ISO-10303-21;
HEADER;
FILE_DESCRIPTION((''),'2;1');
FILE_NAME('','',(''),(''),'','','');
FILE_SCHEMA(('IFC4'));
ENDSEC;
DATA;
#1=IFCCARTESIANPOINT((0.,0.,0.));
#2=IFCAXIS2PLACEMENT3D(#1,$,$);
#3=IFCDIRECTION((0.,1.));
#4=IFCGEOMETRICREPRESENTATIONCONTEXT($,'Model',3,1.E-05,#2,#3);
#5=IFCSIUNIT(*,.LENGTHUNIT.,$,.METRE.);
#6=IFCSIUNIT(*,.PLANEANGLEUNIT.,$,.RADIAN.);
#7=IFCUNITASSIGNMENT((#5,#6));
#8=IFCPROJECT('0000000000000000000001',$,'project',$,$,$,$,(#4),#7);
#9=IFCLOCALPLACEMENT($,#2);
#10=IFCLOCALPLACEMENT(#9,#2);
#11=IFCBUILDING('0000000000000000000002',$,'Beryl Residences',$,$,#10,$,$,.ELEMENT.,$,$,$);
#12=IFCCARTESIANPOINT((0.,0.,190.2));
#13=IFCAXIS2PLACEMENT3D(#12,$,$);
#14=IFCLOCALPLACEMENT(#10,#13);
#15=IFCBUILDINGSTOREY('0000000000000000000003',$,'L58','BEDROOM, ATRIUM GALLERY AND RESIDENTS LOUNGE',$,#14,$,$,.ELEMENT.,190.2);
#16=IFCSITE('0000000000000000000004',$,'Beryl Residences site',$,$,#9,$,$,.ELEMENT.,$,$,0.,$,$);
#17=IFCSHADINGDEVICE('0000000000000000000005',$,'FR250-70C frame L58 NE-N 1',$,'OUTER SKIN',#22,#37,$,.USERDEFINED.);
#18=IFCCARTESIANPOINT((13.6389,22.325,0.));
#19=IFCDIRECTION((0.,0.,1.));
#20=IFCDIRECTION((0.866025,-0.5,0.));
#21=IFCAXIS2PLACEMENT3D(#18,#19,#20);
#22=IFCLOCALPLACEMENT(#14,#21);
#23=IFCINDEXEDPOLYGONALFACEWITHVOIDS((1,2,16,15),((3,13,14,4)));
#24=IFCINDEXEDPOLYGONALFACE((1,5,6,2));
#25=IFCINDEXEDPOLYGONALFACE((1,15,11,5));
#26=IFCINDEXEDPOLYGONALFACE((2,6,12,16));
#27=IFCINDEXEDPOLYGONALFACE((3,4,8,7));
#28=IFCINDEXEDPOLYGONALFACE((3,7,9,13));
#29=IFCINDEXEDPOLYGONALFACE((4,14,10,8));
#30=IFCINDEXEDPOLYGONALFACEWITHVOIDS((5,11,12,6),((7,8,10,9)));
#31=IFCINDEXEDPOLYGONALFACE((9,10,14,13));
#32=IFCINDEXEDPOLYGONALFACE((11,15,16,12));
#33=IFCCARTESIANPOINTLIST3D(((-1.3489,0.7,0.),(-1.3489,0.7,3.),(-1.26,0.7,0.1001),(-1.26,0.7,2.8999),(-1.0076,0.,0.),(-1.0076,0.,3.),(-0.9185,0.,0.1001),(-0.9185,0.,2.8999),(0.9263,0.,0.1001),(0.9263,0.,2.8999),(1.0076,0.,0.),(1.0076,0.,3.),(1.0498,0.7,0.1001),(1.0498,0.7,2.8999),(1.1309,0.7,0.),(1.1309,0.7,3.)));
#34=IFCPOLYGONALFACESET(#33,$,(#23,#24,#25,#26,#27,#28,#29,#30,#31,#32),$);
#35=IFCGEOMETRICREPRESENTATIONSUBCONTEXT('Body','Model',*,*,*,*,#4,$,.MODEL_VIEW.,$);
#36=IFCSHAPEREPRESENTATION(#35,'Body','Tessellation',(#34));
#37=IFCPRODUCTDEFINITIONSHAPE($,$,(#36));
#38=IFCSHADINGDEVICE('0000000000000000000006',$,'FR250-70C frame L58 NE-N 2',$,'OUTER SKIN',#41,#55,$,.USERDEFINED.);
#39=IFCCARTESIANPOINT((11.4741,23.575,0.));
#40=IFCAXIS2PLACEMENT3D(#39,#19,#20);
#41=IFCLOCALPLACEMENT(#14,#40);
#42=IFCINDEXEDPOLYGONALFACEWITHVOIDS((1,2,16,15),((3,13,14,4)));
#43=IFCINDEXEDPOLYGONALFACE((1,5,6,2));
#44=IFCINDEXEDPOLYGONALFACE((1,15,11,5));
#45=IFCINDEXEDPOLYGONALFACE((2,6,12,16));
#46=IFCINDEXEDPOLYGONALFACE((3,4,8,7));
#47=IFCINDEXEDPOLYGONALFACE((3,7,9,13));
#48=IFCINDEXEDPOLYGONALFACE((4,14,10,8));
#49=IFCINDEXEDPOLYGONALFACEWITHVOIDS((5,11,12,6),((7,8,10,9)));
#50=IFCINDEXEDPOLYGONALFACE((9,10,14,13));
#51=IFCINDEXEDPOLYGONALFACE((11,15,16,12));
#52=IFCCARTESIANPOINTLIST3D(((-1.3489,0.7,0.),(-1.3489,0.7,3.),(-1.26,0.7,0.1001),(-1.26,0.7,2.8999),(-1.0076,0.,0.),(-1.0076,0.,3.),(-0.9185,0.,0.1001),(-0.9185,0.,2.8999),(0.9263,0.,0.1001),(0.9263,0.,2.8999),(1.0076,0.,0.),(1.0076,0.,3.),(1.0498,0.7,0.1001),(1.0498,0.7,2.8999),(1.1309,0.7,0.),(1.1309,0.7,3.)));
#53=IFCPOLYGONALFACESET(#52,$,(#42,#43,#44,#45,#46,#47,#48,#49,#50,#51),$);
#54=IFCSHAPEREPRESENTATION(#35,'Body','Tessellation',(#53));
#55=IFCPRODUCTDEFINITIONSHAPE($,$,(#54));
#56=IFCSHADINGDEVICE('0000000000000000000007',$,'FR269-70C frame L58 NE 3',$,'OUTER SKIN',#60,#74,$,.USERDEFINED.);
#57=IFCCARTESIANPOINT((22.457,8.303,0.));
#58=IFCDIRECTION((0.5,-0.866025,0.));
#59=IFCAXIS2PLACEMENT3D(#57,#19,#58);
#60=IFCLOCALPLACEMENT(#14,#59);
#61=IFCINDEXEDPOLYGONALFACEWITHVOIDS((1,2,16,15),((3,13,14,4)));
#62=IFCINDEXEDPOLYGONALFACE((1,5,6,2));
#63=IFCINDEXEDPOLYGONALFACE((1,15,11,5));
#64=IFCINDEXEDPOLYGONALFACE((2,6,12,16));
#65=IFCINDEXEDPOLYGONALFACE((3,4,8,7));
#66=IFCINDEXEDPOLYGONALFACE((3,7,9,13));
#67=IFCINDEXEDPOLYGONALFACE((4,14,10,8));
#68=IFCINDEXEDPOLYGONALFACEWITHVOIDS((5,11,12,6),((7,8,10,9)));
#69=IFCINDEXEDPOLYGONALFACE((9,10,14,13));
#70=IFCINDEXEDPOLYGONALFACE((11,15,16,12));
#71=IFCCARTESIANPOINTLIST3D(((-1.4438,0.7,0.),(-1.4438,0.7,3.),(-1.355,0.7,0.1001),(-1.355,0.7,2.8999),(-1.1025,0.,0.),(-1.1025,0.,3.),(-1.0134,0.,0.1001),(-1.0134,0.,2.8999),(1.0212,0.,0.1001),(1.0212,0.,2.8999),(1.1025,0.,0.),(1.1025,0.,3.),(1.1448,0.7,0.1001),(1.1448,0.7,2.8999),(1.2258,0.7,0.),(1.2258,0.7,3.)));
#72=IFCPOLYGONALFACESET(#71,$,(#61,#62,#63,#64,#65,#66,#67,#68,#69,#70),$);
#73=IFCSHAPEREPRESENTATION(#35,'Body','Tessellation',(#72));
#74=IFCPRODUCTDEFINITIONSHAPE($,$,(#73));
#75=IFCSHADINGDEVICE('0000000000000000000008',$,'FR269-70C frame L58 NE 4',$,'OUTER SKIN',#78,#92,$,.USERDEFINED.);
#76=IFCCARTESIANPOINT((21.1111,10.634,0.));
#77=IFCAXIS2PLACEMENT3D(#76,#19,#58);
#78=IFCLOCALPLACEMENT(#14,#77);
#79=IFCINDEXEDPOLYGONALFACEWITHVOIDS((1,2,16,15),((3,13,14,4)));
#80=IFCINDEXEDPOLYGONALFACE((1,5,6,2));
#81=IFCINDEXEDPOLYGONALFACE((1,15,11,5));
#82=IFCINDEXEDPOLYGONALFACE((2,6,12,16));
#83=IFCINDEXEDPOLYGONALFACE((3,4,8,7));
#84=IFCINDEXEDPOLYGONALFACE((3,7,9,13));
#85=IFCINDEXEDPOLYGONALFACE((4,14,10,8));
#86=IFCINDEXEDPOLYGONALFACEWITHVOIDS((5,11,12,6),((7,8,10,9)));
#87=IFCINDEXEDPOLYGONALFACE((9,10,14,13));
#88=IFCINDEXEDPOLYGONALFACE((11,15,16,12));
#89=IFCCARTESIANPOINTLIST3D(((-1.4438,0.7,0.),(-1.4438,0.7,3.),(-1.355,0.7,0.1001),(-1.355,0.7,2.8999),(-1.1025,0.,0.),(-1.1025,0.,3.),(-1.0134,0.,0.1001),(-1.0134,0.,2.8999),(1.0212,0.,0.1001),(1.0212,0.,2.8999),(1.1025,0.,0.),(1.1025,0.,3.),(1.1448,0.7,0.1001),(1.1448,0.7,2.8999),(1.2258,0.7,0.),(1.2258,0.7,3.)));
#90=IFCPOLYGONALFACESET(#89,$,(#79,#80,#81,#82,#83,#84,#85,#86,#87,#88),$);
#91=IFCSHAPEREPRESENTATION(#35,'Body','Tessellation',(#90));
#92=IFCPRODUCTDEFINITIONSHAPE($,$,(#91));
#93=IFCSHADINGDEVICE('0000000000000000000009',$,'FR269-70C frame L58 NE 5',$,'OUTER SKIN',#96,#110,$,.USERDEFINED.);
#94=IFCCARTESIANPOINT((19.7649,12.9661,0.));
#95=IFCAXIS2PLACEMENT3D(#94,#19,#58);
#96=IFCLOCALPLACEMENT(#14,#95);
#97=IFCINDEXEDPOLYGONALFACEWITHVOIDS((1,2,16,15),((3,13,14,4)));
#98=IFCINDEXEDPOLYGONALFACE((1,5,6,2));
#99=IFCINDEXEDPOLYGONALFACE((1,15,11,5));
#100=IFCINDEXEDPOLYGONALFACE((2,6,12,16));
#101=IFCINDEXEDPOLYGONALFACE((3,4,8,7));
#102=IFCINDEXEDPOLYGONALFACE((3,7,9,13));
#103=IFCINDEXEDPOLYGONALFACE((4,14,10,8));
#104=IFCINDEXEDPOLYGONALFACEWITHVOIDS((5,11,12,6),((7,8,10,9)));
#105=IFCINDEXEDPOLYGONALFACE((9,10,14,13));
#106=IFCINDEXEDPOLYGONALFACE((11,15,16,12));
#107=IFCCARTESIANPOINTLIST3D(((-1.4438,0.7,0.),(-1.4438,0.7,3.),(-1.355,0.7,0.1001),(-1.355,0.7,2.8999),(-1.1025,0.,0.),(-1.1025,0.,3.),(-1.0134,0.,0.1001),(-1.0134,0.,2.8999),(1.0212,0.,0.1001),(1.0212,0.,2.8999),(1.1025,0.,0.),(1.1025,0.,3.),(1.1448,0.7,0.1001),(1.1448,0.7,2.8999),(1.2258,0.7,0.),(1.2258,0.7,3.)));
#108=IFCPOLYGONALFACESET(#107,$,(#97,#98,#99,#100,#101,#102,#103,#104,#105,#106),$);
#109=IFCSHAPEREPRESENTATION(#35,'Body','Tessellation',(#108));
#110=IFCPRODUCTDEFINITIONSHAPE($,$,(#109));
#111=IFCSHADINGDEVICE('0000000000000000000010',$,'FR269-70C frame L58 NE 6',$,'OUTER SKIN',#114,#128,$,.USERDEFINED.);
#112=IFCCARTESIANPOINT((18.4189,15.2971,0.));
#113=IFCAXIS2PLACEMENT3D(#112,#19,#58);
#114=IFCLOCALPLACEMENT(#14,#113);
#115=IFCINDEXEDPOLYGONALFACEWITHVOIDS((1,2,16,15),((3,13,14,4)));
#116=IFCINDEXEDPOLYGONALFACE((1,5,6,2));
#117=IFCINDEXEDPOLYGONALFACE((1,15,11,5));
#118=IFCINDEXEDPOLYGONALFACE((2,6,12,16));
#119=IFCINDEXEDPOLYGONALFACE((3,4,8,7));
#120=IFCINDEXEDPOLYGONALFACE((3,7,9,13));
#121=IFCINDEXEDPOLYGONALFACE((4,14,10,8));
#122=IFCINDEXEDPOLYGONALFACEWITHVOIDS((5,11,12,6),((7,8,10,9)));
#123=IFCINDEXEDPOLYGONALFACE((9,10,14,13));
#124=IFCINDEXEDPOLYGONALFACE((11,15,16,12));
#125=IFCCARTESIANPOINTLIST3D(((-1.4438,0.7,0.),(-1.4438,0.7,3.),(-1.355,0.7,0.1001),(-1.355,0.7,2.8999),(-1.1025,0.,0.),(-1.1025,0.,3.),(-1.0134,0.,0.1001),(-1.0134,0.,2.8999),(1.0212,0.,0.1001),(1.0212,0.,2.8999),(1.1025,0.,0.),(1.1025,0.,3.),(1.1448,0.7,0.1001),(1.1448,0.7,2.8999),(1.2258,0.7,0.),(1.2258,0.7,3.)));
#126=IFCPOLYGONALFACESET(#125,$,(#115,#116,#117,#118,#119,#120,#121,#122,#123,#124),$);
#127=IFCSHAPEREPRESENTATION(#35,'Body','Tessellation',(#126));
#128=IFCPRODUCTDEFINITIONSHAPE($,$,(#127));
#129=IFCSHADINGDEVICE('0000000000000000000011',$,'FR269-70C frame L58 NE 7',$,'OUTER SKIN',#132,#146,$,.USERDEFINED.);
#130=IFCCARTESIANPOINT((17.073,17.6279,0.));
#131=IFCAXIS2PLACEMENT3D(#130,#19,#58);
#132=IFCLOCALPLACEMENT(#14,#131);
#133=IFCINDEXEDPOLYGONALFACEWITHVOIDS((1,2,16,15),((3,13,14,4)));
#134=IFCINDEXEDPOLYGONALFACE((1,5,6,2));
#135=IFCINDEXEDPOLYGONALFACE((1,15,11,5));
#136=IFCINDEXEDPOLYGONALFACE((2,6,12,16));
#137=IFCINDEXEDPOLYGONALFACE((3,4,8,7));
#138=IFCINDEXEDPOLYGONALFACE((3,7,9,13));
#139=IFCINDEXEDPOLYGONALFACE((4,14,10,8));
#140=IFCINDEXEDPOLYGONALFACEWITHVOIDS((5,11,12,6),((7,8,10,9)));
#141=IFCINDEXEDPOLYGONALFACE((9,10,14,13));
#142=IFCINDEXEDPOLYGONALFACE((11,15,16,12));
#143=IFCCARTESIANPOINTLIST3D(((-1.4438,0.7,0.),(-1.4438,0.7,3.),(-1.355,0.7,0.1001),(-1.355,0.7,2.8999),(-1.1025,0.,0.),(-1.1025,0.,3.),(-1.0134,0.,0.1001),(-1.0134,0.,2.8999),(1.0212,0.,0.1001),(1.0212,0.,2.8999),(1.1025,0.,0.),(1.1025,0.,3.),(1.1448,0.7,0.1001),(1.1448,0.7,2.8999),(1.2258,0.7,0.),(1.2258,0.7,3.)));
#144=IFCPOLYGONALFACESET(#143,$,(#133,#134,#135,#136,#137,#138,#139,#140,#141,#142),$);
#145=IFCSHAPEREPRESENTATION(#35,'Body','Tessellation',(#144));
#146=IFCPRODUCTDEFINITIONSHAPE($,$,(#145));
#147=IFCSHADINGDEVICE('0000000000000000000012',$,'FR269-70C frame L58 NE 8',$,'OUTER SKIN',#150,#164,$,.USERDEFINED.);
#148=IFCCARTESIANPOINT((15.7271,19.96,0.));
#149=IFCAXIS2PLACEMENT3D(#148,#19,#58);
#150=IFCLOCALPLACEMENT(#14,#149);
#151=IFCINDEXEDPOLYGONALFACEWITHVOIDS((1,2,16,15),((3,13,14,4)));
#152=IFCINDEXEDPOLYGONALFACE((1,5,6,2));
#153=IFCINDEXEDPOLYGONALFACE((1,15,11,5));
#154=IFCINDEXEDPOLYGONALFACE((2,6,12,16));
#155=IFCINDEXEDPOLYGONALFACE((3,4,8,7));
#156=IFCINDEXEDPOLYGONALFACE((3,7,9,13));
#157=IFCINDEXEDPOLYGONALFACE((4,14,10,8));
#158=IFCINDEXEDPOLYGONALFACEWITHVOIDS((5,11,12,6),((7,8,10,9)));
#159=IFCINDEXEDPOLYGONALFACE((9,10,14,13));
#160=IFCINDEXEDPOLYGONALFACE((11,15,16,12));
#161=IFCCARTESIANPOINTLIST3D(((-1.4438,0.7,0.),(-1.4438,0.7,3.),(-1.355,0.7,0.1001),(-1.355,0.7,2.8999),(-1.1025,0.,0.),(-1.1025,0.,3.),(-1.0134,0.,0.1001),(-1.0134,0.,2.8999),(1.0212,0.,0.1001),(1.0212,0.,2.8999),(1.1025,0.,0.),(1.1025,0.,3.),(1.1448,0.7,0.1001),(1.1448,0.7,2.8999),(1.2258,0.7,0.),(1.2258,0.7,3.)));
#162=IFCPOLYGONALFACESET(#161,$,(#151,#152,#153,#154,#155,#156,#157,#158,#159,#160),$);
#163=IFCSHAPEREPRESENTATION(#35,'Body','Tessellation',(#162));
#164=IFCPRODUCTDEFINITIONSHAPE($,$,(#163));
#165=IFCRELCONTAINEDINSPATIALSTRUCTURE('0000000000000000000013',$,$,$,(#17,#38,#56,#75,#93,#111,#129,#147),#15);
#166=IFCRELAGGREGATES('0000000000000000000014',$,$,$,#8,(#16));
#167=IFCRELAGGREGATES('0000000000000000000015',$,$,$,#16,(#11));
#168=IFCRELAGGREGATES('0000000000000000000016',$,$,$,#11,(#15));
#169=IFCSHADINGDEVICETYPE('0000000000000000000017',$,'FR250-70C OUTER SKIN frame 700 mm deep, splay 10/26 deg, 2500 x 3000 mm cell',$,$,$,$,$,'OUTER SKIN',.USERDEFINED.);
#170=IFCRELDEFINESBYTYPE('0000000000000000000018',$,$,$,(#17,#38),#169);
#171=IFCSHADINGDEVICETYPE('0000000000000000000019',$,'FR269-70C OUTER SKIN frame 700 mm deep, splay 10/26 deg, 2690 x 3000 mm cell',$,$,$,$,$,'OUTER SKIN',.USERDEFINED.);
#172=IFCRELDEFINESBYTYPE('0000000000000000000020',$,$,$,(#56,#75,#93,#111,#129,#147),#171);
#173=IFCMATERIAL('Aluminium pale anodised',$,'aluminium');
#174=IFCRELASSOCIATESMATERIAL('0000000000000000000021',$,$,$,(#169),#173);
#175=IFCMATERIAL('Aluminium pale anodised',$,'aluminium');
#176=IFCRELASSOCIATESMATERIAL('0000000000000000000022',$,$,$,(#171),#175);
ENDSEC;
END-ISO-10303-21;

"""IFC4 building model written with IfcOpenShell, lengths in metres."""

from ifc_helpers import new_model, entity, si_unit, direction, frame, origin, place, context, subcontext, project, spatial, source, transform, mapped, material, type_object, type_shapes, element, save


model = new_model("IFC4")

# Units and contexts
model_context = context("Model", 3, precision=1e-05, world=origin(), true_north=direction((0.0, 1.0)))
body_context = subcontext(model_context, "Body", "Model", "MODEL_VIEW")
ifc_project = project(units=[si_unit("LENGTHUNIT", "METRE"), si_unit("PLANEANGLEUNIT", "RADIAN")], contexts=[model_context])

# Site, building, storey
site_placement = place(None, origin())
site = spatial("IfcSite", under=ifc_project, at=site_placement, Name="Beryl Residences site", CompositionType="ELEMENT", RefElevation=0.0)
building_placement = place(site_placement, origin())
building = spatial("IfcBuilding", under=site, at=building_placement, Name="Beryl Residences", CompositionType="ELEMENT")
storey_placement = place(building_placement, frame((0.0, 0.0, 190.2)))
storey = spatial("IfcBuildingStorey", under=building, at=storey_placement, Name="L58", Description="BEDROOM, ATRIUM GALLERY AND RESIDENTS LOUNGE", CompositionType="ELEMENT", Elevation=190.2)

# Shading devices
ifc_material_1 = material(Name="Aluminium pale anodised", Category="aluminium")
shading_device_type_1 = type_object("IfcShadingDeviceType", Name="FR250-70C OUTER SKIN frame 700 mm deep, splay 10/26 deg, 2500 x 3000 mm cell", ElementType="OUTER SKIN", PredefinedType="USERDEFINED", material=ifc_material_1)
cartesian_point_1 = entity("IfcCartesianPoint", [-1.0076, 0.0])
cartesian_point_2 = entity("IfcCartesianPoint", [-0.9263, 0.1001])
cartesian_point_3 = entity("IfcCartesianPoint", [-1.1309, 0.0])
cartesian_point_4 = entity("IfcCartesianPoint", [-1.0498, 0.1001])
shared_shape_1 = source(origin(), body_context, "Body", "SweptSolid", [
    entity("IfcExtrudedAreaSolidTapered", entity("IfcArbitraryProfileDefWithVoids", "AREA", None, entity("IfcPolyline", [cartesian_point_1, entity("IfcCartesianPoint", [1.0076, 0.0]), entity("IfcCartesianPoint", [1.0076, 3.0]), entity("IfcCartesianPoint", [-1.0076, 3.0]), cartesian_point_1]), [entity("IfcPolyline", [cartesian_point_2, entity("IfcCartesianPoint", [0.9185, 0.1001]), entity("IfcCartesianPoint", [0.9185, 2.8999]), entity("IfcCartesianPoint", [-0.9263, 2.8999]), cartesian_point_2])]), entity("IfcAxis2Placement3D", entity("IfcCartesianPoint", [0.0, 0.0, 0.0]), entity("IfcDirection", [0.0, 1.0, 0.0]), entity("IfcDirection", [-1.0, 0.0, 0.0])), entity("IfcDirection", [0.0, 0.0, 1.0]), 0.7, entity("IfcArbitraryProfileDefWithVoids", "AREA", None, entity("IfcPolyline", [cartesian_point_3, entity("IfcCartesianPoint", [1.3489, 0.0]), entity("IfcCartesianPoint", [1.3489, 3.0]), entity("IfcCartesianPoint", [-1.1309, 3.0]), cartesian_point_3]), [entity("IfcPolyline", [cartesian_point_4, entity("IfcCartesianPoint", [1.26, 0.1001]), entity("IfcCartesianPoint", [1.26, 2.8999]), entity("IfcCartesianPoint", [-1.0498, 2.8999]), cartesian_point_4])])),
])
type_shapes(shading_device_type_1, [shared_shape_1])
for number, where, z_axis, x_axis, name in (
    (1, (13.6389, 22.325, 0.0), (0.0, 0.0, 1.0), (0.866025, -0.5, 0.0), "FR250-70C frame L58 NE-N 1"),
    (2, (11.4741, 23.575, 0.0), (0.0, 0.0, 1.0), (0.866025, -0.5, 0.0), "FR250-70C frame L58 NE-N 2"),
):
    element("IfcShadingDevice", number, at=place(storey_placement, frame(where, z_axis=z_axis, x_axis=x_axis)), inside=storey, type_object=shading_device_type_1, Name=name, ObjectType="OUTER SKIN", PredefinedType="USERDEFINED", context=body_context, shape_type="MappedRepresentation", body=[
        mapped(shared_shape_1, transform((0.0, 0.0, 0.0))),
    ])
ifc_material_2 = material(Name="Aluminium pale anodised", Category="aluminium")
shading_device_type_2 = type_object("IfcShadingDeviceType", Name="FR269-70C OUTER SKIN frame 700 mm deep, splay 10/26 deg, 2690 x 3000 mm cell", ElementType="OUTER SKIN", PredefinedType="USERDEFINED", material=ifc_material_2)
cartesian_point_5 = entity("IfcCartesianPoint", [-1.1025, 0.0])
cartesian_point_6 = entity("IfcCartesianPoint", [-1.0212, 0.1001])
cartesian_point_7 = entity("IfcCartesianPoint", [-1.2258, 0.0])
cartesian_point_8 = entity("IfcCartesianPoint", [-1.1448, 0.1001])
shared_shape_2 = source(origin(), body_context, "Body", "SweptSolid", [
    entity("IfcExtrudedAreaSolidTapered", entity("IfcArbitraryProfileDefWithVoids", "AREA", None, entity("IfcPolyline", [cartesian_point_5, entity("IfcCartesianPoint", [1.1025, 0.0]), entity("IfcCartesianPoint", [1.1025, 3.0]), entity("IfcCartesianPoint", [-1.1025, 3.0]), cartesian_point_5]), [entity("IfcPolyline", [cartesian_point_6, entity("IfcCartesianPoint", [1.0134, 0.1001]), entity("IfcCartesianPoint", [1.0134, 2.8999]), entity("IfcCartesianPoint", [-1.0212, 2.8999]), cartesian_point_6])]), entity("IfcAxis2Placement3D", entity("IfcCartesianPoint", [0.0, 0.0, 0.0]), entity("IfcDirection", [0.0, 1.0, 0.0]), entity("IfcDirection", [-1.0, 0.0, 0.0])), entity("IfcDirection", [0.0, 0.0, 1.0]), 0.7, entity("IfcArbitraryProfileDefWithVoids", "AREA", None, entity("IfcPolyline", [cartesian_point_7, entity("IfcCartesianPoint", [1.4438, 0.0]), entity("IfcCartesianPoint", [1.4438, 3.0]), entity("IfcCartesianPoint", [-1.2258, 3.0]), cartesian_point_7]), [entity("IfcPolyline", [cartesian_point_8, entity("IfcCartesianPoint", [1.355, 0.1001]), entity("IfcCartesianPoint", [1.355, 2.8999]), entity("IfcCartesianPoint", [-1.1448, 2.8999]), cartesian_point_8])])),
])
type_shapes(shading_device_type_2, [shared_shape_2])
for number, where, z_axis, x_axis, name in (
    (3, (22.457, 8.303, 0.0), (0.0, 0.0, 1.0), (0.5, -0.866025, 0.0), "FR269-70C frame L58 NE 3"),
    (4, (21.1111, 10.634, 0.0), (0.0, 0.0, 1.0), (0.5, -0.866025, 0.0), "FR269-70C frame L58 NE 4"),
    (5, (19.7649, 12.9661, 0.0), (0.0, 0.0, 1.0), (0.5, -0.866025, 0.0), "FR269-70C frame L58 NE 5"),
    (6, (18.4189, 15.2971, 0.0), (0.0, 0.0, 1.0), (0.5, -0.866025, 0.0), "FR269-70C frame L58 NE 6"),
    (7, (17.073, 17.6279, 0.0), (0.0, 0.0, 1.0), (0.5, -0.866025, 0.0), "FR269-70C frame L58 NE 7"),
    (8, (15.7271, 19.96, 0.0), (0.0, 0.0, 1.0), (0.5, -0.866025, 0.0), "FR269-70C frame L58 NE 8"),
):
    element("IfcShadingDevice", number, at=place(storey_placement, frame(where, z_axis=z_axis, x_axis=x_axis)), inside=storey, type_object=shading_device_type_2, Name=name, ObjectType="OUTER SKIN", PredefinedType="USERDEFINED", context=body_context, shape_type="MappedRepresentation", body=[
        mapped(shared_shape_2, transform((0.0, 0.0, 0.0))),
    ])

save(model, "model.ifc")
